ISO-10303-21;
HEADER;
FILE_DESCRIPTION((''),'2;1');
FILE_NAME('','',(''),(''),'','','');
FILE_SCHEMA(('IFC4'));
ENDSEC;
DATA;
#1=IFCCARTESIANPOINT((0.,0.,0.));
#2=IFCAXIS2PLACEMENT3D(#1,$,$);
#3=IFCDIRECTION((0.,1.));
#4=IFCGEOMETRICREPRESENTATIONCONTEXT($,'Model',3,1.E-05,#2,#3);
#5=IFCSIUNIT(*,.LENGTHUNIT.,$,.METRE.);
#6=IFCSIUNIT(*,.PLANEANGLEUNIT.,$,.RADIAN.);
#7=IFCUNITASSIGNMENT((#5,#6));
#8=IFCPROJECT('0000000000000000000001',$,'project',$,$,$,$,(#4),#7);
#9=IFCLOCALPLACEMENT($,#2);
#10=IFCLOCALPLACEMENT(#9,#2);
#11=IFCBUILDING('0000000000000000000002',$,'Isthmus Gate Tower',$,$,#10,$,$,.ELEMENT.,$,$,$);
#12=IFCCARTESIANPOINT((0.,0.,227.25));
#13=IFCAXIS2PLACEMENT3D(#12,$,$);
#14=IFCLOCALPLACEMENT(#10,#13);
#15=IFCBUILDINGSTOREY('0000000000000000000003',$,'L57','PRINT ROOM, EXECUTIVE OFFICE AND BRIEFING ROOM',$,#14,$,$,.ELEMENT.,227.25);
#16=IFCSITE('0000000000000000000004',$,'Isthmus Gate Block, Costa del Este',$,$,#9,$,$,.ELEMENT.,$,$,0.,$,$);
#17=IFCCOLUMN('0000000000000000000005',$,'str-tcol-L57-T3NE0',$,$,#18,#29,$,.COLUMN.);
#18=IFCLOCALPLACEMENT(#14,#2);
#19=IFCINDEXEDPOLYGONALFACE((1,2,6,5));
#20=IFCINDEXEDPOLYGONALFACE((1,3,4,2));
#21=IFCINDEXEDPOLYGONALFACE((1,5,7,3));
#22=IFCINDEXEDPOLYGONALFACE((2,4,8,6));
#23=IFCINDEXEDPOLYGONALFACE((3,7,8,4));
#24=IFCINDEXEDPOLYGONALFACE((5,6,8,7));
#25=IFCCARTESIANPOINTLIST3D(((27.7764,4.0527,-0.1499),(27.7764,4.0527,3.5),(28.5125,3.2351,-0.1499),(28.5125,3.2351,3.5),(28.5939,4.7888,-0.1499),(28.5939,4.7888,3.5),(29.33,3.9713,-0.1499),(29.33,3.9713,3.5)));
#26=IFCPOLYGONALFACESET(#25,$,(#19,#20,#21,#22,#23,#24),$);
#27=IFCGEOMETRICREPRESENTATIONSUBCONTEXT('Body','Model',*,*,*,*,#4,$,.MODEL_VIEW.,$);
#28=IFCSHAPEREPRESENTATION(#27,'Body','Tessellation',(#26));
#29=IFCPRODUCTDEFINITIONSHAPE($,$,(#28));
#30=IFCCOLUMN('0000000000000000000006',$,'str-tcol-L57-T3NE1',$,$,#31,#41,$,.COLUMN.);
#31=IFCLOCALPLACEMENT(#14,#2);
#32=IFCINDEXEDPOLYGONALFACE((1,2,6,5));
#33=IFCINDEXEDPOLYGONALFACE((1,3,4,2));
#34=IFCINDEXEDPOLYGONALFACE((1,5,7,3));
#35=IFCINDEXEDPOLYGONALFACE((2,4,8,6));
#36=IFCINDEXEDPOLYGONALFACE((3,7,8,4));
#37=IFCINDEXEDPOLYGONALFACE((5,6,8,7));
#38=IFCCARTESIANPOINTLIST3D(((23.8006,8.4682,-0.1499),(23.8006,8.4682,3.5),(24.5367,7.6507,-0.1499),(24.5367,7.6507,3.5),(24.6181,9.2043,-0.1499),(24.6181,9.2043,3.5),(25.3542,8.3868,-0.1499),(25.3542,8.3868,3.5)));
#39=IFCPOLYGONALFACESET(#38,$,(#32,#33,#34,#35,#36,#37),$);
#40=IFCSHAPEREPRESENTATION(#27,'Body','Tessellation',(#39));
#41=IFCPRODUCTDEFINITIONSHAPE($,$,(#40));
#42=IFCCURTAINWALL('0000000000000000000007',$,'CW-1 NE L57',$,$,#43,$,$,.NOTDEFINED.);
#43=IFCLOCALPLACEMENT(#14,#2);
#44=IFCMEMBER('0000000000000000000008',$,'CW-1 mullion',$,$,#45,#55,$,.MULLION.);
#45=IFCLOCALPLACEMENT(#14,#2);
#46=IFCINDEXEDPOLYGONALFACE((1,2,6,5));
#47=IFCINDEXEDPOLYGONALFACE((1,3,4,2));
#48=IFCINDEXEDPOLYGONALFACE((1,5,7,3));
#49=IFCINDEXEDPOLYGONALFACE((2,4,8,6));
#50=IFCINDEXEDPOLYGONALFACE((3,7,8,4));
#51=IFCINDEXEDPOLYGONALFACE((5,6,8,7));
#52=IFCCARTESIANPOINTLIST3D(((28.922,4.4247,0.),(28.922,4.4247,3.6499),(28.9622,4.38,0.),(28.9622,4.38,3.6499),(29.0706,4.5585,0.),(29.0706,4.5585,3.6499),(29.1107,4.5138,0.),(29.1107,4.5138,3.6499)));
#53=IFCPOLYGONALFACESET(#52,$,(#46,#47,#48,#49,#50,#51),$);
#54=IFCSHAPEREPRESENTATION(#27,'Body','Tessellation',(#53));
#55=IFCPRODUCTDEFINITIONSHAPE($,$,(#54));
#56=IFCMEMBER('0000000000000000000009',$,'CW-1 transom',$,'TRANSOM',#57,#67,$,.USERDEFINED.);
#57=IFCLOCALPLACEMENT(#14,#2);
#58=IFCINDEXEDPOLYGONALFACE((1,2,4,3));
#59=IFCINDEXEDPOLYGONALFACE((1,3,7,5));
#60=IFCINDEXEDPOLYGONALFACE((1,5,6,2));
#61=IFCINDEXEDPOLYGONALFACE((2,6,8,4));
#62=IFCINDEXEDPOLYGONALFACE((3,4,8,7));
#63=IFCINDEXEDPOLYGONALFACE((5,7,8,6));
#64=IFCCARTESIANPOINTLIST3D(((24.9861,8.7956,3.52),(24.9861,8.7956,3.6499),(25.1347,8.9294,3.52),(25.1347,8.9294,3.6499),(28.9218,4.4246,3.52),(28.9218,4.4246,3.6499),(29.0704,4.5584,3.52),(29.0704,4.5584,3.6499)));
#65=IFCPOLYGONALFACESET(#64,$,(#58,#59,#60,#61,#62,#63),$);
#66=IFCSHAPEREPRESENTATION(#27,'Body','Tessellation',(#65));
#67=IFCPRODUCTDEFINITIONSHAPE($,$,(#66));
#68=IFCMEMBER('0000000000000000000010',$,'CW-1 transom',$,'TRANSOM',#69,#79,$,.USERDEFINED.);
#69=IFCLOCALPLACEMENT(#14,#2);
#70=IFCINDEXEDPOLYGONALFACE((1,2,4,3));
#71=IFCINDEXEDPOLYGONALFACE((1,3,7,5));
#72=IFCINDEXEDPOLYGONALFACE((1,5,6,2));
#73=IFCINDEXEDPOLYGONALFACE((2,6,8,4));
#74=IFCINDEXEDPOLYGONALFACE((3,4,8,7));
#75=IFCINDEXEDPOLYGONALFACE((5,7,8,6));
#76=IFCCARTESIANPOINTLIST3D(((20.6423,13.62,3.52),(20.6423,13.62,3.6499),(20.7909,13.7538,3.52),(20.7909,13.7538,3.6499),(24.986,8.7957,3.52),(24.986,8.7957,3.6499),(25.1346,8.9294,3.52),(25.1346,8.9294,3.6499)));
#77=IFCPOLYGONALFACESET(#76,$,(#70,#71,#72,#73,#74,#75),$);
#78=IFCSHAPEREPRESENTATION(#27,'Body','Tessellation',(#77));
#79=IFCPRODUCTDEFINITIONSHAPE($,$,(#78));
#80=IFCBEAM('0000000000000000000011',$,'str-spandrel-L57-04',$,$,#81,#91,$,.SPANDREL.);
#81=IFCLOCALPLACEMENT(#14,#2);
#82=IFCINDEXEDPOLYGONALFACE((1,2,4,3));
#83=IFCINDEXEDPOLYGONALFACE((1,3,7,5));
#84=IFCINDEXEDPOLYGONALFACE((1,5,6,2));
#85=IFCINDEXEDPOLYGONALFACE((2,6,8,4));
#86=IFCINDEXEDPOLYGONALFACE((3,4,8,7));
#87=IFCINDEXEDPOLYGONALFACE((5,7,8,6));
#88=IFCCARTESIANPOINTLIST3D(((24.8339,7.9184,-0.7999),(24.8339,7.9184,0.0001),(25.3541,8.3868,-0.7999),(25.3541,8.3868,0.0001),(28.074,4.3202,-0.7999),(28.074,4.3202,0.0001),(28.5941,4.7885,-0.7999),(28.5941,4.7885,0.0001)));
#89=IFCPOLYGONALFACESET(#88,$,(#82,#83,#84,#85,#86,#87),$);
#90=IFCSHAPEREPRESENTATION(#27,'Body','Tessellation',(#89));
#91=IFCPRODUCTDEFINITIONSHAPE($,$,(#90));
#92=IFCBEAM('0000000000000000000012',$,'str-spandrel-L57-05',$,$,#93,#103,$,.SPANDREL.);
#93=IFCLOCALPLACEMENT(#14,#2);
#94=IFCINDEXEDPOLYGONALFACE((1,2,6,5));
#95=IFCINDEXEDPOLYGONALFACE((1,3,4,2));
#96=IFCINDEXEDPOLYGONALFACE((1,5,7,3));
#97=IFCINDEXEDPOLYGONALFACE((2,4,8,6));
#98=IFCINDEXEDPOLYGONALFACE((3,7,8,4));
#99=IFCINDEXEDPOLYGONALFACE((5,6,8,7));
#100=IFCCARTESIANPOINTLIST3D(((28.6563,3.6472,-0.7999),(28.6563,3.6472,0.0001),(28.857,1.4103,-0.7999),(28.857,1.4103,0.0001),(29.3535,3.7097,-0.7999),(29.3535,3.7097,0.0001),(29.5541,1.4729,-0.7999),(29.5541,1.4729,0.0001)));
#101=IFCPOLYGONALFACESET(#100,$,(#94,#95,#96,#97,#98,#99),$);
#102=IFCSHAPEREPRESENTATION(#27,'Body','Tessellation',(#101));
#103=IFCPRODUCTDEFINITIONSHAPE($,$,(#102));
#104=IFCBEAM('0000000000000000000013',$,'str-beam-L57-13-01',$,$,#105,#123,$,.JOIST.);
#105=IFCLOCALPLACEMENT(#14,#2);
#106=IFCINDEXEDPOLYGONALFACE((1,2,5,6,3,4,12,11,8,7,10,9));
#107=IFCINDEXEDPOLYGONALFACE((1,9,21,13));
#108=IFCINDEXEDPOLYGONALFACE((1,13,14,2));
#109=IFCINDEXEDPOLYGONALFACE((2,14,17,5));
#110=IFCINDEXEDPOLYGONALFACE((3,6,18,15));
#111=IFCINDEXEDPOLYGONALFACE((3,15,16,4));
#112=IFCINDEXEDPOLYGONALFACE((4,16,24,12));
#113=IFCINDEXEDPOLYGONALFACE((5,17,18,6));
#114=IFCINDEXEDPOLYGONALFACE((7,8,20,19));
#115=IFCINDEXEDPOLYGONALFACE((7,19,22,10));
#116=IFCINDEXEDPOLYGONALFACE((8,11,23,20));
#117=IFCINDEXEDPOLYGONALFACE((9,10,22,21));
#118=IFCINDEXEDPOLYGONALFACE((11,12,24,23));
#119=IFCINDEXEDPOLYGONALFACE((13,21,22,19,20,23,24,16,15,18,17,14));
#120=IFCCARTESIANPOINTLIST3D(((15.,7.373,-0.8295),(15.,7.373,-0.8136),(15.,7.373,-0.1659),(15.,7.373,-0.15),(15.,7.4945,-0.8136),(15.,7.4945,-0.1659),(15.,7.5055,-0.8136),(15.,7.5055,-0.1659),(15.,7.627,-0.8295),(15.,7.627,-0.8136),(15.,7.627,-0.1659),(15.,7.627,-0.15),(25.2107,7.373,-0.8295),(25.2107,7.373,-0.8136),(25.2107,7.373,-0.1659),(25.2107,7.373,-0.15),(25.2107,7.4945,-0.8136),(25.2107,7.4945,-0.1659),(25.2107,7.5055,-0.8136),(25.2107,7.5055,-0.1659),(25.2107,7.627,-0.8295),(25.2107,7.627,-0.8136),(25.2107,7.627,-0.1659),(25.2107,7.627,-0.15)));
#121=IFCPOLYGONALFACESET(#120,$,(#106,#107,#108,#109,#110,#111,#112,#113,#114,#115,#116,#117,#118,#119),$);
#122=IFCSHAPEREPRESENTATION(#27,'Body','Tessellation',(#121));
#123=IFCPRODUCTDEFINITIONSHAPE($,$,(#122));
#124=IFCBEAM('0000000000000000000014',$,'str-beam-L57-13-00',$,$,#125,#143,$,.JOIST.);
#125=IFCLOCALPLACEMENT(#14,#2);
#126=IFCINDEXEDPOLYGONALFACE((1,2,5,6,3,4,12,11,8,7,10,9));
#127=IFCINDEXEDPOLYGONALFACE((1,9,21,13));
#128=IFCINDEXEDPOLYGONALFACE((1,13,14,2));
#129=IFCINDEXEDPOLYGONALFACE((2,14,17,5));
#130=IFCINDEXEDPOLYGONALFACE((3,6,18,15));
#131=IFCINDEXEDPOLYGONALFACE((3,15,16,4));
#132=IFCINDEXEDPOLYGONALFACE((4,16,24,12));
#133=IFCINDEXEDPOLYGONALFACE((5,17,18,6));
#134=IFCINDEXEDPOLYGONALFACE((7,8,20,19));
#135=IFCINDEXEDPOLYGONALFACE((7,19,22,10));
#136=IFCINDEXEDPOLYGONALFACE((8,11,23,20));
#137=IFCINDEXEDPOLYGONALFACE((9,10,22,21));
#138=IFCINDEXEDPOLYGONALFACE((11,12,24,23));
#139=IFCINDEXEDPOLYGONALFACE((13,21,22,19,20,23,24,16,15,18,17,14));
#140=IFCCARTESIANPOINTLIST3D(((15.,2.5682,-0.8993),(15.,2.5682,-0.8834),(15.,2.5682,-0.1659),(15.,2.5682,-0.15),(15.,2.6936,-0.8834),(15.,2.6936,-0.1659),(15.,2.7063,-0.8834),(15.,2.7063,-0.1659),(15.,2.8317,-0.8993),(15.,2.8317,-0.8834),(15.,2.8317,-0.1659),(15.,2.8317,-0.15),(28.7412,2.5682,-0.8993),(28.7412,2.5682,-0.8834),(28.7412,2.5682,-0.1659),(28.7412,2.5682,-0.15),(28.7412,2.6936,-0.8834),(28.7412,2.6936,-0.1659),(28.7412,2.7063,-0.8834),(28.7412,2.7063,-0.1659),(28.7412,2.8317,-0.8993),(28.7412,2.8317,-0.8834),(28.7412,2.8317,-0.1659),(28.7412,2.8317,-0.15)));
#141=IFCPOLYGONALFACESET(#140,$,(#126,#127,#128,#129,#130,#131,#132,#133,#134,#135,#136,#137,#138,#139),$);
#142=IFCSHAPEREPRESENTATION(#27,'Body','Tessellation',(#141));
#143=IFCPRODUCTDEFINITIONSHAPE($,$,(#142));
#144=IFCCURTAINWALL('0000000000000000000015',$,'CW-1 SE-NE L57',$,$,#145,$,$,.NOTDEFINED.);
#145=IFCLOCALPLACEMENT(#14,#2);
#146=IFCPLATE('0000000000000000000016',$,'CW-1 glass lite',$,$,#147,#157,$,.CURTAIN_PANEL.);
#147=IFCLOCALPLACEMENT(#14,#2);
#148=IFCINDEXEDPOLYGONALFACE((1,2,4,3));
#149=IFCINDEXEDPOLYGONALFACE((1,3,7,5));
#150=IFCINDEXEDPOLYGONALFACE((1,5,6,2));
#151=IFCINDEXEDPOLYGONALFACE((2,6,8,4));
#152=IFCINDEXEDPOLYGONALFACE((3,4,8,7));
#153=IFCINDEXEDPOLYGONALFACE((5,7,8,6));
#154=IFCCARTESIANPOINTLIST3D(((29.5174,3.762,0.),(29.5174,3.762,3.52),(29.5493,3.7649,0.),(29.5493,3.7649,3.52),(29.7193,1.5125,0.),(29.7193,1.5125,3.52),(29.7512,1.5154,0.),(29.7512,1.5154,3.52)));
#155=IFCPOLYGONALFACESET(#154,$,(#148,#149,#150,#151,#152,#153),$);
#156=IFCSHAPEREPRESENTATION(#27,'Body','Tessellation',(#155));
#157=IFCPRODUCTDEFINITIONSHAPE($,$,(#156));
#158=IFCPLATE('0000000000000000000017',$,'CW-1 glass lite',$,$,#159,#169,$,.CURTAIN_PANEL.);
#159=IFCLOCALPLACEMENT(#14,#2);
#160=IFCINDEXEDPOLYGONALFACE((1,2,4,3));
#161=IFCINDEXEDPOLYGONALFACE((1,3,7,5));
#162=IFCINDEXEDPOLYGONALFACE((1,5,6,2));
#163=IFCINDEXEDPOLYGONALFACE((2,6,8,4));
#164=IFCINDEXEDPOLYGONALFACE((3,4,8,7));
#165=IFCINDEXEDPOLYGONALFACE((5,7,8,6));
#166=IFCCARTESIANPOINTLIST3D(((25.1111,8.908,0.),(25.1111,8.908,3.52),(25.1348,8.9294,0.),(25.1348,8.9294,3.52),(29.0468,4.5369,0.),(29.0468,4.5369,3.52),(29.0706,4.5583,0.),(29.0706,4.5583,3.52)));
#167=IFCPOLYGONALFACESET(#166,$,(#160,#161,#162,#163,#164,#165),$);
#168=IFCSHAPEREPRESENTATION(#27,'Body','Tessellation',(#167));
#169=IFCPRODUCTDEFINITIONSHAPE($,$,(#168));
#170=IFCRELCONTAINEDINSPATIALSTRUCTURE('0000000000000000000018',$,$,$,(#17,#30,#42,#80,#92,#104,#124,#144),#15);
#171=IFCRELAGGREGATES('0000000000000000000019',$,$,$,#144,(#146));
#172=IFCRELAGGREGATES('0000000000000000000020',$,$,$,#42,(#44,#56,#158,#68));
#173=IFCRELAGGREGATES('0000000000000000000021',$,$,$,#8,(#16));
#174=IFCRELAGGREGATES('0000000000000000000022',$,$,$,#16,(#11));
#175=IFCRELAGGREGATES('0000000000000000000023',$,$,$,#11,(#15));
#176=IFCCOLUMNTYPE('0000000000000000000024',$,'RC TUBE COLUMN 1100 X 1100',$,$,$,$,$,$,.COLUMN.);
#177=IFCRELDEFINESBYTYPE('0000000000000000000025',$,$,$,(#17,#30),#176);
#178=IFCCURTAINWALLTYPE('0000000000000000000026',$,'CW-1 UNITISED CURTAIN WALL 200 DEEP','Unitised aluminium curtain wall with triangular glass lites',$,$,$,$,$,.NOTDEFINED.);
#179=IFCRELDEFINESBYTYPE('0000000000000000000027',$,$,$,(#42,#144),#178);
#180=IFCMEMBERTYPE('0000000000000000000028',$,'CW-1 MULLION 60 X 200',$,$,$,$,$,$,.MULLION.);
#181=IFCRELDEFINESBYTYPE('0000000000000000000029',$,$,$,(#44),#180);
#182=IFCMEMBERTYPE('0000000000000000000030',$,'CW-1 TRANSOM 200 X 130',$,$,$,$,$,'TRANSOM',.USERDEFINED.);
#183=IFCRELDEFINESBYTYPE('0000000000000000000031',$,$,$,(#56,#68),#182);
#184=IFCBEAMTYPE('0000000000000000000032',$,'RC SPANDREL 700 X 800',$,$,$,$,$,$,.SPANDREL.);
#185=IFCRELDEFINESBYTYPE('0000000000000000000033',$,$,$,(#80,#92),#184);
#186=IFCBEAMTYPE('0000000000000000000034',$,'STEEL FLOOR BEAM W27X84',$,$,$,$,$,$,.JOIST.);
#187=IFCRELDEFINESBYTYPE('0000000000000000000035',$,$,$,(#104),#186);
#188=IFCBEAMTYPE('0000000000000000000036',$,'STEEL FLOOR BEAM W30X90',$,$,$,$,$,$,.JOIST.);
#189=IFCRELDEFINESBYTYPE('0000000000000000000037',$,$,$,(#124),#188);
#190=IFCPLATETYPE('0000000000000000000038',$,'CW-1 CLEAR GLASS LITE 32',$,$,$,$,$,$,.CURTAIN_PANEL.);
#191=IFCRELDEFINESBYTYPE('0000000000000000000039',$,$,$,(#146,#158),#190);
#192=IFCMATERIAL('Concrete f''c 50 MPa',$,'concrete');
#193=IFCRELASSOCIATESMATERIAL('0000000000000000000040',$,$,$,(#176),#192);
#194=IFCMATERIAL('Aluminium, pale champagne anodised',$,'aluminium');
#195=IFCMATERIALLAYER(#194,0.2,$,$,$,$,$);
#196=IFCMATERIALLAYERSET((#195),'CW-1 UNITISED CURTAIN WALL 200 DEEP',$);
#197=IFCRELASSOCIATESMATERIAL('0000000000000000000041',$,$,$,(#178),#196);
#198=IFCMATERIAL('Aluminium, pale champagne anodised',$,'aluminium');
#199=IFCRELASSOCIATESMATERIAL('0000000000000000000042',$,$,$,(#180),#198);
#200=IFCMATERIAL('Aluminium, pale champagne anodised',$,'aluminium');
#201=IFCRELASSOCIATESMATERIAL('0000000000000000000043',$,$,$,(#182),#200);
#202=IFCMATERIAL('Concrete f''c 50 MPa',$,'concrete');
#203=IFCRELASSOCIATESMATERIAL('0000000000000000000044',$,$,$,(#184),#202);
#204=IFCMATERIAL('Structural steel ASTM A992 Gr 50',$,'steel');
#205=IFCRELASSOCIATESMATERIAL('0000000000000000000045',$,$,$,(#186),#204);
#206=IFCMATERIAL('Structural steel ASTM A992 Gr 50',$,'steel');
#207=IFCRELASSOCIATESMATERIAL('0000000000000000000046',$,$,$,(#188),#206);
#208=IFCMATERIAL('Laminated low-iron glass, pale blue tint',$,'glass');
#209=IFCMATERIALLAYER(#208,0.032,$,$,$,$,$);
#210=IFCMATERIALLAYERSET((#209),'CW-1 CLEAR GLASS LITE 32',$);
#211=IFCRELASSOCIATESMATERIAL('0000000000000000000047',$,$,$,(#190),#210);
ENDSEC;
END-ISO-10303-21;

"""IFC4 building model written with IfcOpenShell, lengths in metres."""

from ifc_helpers import new_model, si_unit, direction, frame, origin, origin_2d, place, context, subcontext, project, spatial, rectangle, i_section, extrude, material, layer, layer_set, material_profile, profile_set, type_object, element, aggregate, save


model = new_model("IFC4")

# Units and contexts
model_context = context("Model", 3, precision=1e-05, world=origin(), true_north=direction((0.0, 1.0)))
body_context = subcontext(model_context, "Body", "Model", "MODEL_VIEW")
ifc_project = project(units=[si_unit("LENGTHUNIT", "METRE"), si_unit("PLANEANGLEUNIT", "RADIAN")], contexts=[model_context])

# Site, building, storey
site_placement = place(None, origin())
site = spatial("IfcSite", under=ifc_project, at=site_placement, Name="Isthmus Gate Block, Costa del Este", CompositionType="ELEMENT", RefElevation=0.0)
building_placement = place(site_placement, origin())
building = spatial("IfcBuilding", under=site, at=building_placement, Name="Isthmus Gate Tower", CompositionType="ELEMENT")
storey_placement = place(building_placement, frame((0.0, 0.0, 227.25)))
storey = spatial("IfcBuildingStorey", under=building, at=storey_placement, Name="L57", Description="PRINT ROOM, EXECUTIVE OFFICE AND BRIEFING ROOM", CompositionType="ELEMENT", Elevation=227.25)

# Columns
ifc_material_1 = material(Name="Concrete f'c 50 MPa", Category="concrete")
ifc_material_profile_1 = material_profile(ifc_material_1, rectangle(XDim=1.1001, YDim=1.1001, at=origin_2d()), Name="RC 1100X1100")
ifc_profile_set_1 = profile_set([ifc_material_profile_1], Name="Concrete f'c 50 MPa")
column_type = type_object("IfcColumnType", Name="RC TUBE COLUMN 1100 X 1100", PredefinedType="COLUMN", material=ifc_profile_set_1)
for number, where, z_axis, x_axis, name in (
    (1, (28.5532, 4.012, -0.1499), (0.0, 0.0, 1.0), (-0.669131, 0.743145, 0.0), "str-tcol-L57-T3NE0"),
    (2, (24.5774, 8.4275, -0.1499), (0.0, 0.0, 1.0), (-0.669131, 0.743145, 0.0), "str-tcol-L57-T3NE1"),
):
    element("IfcColumn", number, at=place(storey_placement, frame(where, z_axis=z_axis, x_axis=x_axis)), inside=storey, type_object=column_type, Name=name, PredefinedType="COLUMN", context=body_context, shape_type="SweptSolid", body=[
        extrude(rectangle(XDim=1.1001, YDim=1.1001, at=origin_2d()), origin(), (0.0, 0.0, 1.0), 3.6499),
    ])

# Curtain wall, members
ifc_material_2 = material(Name="Aluminium, pale champagne anodised", Category="aluminium")
ifc_layer_1 = layer(ifc_material_2, 0.2)
ifc_layer_set_1 = layer_set([ifc_layer_1], Name="CW-1 UNITISED CURTAIN WALL 200 DEEP")
curtain_wall_type = type_object("IfcCurtainWallType", Name="CW-1 UNITISED CURTAIN WALL 200 DEEP", Description="Unitised aluminium curtain wall with triangular glass lites", PredefinedType="NOTDEFINED", material=ifc_layer_set_1)
curtain_wall_1_placement = place(storey_placement, origin())
curtain_wall_1 = element("IfcCurtainWall", 3, at=curtain_wall_1_placement, inside=storey, type_object=curtain_wall_type, Name="CW-1 NE L57", PredefinedType="NOTDEFINED")
ifc_material_3 = material(Name="Aluminium, pale champagne anodised", Category="aluminium")
ifc_material_profile_2 = material_profile(ifc_material_3, rectangle(XDim=0.0601, YDim=0.2, at=origin_2d()), Name="60x200")
ifc_profile_set_2 = profile_set([ifc_material_profile_2], Name="Aluminium, pale champagne anodised")
member_type_1 = type_object("IfcMemberType", Name="CW-1 MULLION 60 X 200", PredefinedType="MULLION", material=ifc_profile_set_2)
member_1_placement = place(storey_placement, frame((29.0164, 4.4692, 0.0), z_axis=(0.0, 0.0, 1.0), x_axis=(-0.669131, 0.743145, 0.0)))
member_1 = element("IfcMember", 4, at=member_1_placement, type_object=member_type_1, Name="CW-1 mullion", PredefinedType="MULLION", context=body_context, shape_type="SweptSolid", body=[
    extrude(rectangle(XDim=0.0601, YDim=0.2, at=origin_2d()), origin(), (0.0, 0.0, 1.0), 3.6499),
])
ifc_material_4 = material(Name="Aluminium, pale champagne anodised", Category="aluminium")
ifc_material_profile_3 = material_profile(ifc_material_4, rectangle(XDim=0.2, YDim=0.1299, at=origin_2d()), Name="200x130")
ifc_profile_set_3 = profile_set([ifc_material_profile_3], Name="Aluminium, pale champagne anodised")
member_type_2 = type_object("IfcMemberType", Name="CW-1 TRANSOM 200 X 130", ElementType="TRANSOM", PredefinedType="USERDEFINED", material=ifc_profile_set_3)
member_2_placement = place(storey_placement, frame((28.9961, 4.4915, 3.585), z_axis=(-0.669134, 0.743141, 0.0), x_axis=(-0.743141, -0.669134, 0.0)))
member_2 = element("IfcMember", 5, at=member_2_placement, type_object=member_type_2, Name="CW-1 transom", ObjectType="TRANSOM", PredefinedType="USERDEFINED", context=body_context, shape_type="SweptSolid", body=[
    extrude(rectangle(XDim=0.2, YDim=0.1299, at=origin_2d()), origin(), (0.0, 0.0, 1.0), 5.8818),
])
member_3_placement = place(storey_placement, frame((25.0603, 8.8625, 3.585), z_axis=(-0.669112, 0.743161, 0.0), x_axis=(-0.743161, -0.669112, 0.0)))
member_3 = element("IfcMember", 6, at=member_3_placement, type_object=member_type_2, Name="CW-1 transom", ObjectType="TRANSOM", PredefinedType="USERDEFINED", context=body_context, shape_type="SweptSolid", body=[
    extrude(rectangle(XDim=0.2, YDim=0.1299, at=origin_2d()), origin(), (0.0, 0.0, 1.0), 6.4917),
])

# Beams
ifc_material_5 = material(Name="Concrete f'c 50 MPa", Category="concrete")
ifc_material_profile_4 = material_profile(ifc_material_5, rectangle(XDim=0.7, YDim=0.8, at=origin_2d()), Name="RC 700X800")
ifc_profile_set_4 = profile_set([ifc_material_profile_4], Name="Concrete f'c 50 MPa")
beam_type_1 = type_object("IfcBeamType", Name="RC SPANDREL 700 X 800", PredefinedType="SPANDREL", material=ifc_profile_set_4)
beam_1_placement = place(storey_placement, frame((25.094, 8.1526, -0.3999), z_axis=(0.669154, -0.743124, 0.0), x_axis=(0.743124, 0.669154, 0.0)))
element("IfcBeam", 7, at=beam_1_placement, inside=storey, type_object=beam_type_1, Name="str-spandrel-L57-04", PredefinedType="SPANDREL", context=body_context, shape_type="SweptSolid", body=[
    extrude(rectangle(XDim=0.7, YDim=0.8, at=origin_2d()), origin(), (0.0, 0.0, 1.0), 4.842),
])
beam_2_placement = place(storey_placement, frame((29.0049, 3.6785, -0.3999), z_axis=(0.089359, -0.995999, 0.0), x_axis=(0.995999, 0.089359, 0.0)))
element("IfcBeam", 8, at=beam_2_placement, inside=storey, type_object=beam_type_1, Name="str-spandrel-L57-05", PredefinedType="SPANDREL", context=body_context, shape_type="SweptSolid", body=[
    extrude(rectangle(XDim=0.7, YDim=0.8, at=origin_2d()), origin(), (0.0, 0.0, 1.0), 2.2458),
])
ifc_material_6 = material(Name="Structural steel ASTM A992 Gr 50", Category="steel")
ifc_material_profile_5 = material_profile(ifc_material_6, i_section(OverallWidth=0.2539, OverallDepth=0.6794, WebThickness=0.011, FlangeThickness=0.0159, at=origin_2d()), Name="W27X84")
ifc_profile_set_5 = profile_set([ifc_material_profile_5], Name="Structural steel ASTM A992 Gr 50")
beam_type_2 = type_object("IfcBeamType", Name="STEEL FLOOR BEAM W27X84", PredefinedType="JOIST", material=ifc_profile_set_5)
beam_3_placement = place(storey_placement, frame((15.0, 7.5, -0.4897), z_axis=(1.0, 0.0, 0.0), x_axis=(0.0, 1.0, 0.0)))
element("IfcBeam", 9, at=beam_3_placement, inside=storey, type_object=beam_type_2, Name="str-beam-L57-13-01", PredefinedType="JOIST", context=body_context, shape_type="SweptSolid", body=[
    extrude(i_section(OverallWidth=0.2539, OverallDepth=0.6794, WebThickness=0.011, FlangeThickness=0.0159, at=origin_2d()), origin(), (0.0, 0.0, 1.0), 10.2107),
])
ifc_material_7 = material(Name="Structural steel ASTM A992 Gr 50", Category="steel")
ifc_material_profile_6 = material_profile(ifc_material_7, i_section(OverallWidth=0.2634, OverallDepth=0.7493, WebThickness=0.0127, FlangeThickness=0.0159, at=origin_2d()), Name="W30X90")
ifc_profile_set_6 = profile_set([ifc_material_profile_6], Name="Structural steel ASTM A992 Gr 50")
beam_type_3 = type_object("IfcBeamType", Name="STEEL FLOOR BEAM W30X90", PredefinedType="JOIST", material=ifc_profile_set_6)
beam_4_placement = place(storey_placement, frame((15.0, 2.7, -0.5247), z_axis=(1.0, 0.0, 0.0), x_axis=(0.0, 1.0, 0.0)))
element("IfcBeam", 10, at=beam_4_placement, inside=storey, type_object=beam_type_3, Name="str-beam-L57-13-00", PredefinedType="JOIST", context=body_context, shape_type="SweptSolid", body=[
    extrude(i_section(OverallWidth=0.2634, OverallDepth=0.7493, WebThickness=0.0127, FlangeThickness=0.0159, at=origin_2d()), origin(), (0.0, 0.0, 1.0), 13.7412),
])

# Curtain wall, plate
curtain_wall_2_placement = place(storey_placement, origin())
curtain_wall_2 = element("IfcCurtainWall", 11, at=curtain_wall_2_placement, inside=storey, type_object=curtain_wall_type, Name="CW-1 SE-NE L57", PredefinedType="NOTDEFINED")
ifc_material_8 = material(Name="Laminated low-iron glass, pale blue tint", Category="glass")
ifc_layer_2 = layer(ifc_material_8, 0.032)
ifc_layer_set_2 = layer_set([ifc_layer_2], Name="CW-1 CLEAR GLASS LITE 32")
plate_type = type_object("IfcPlateType", Name="CW-1 CLEAR GLASS LITE 32", PredefinedType="CURTAIN_PANEL", material=ifc_layer_set_2)
plate_1_placement = place(storey_placement, frame((29.6343, 2.6387, 0.0), z_axis=(0.0, 0.0, 1.0), x_axis=(-0.089397, 0.995996, 0.0)))
plate_1 = element("IfcPlate", 12, at=plate_1_placement, type_object=plate_type, Name="CW-1 glass lite", PredefinedType="CURTAIN_PANEL", context=body_context, shape_type="SweptSolid", body=[
    extrude(rectangle(XDim=2.2585, YDim=0.032, at=origin_2d()), origin(), (0.0, 0.0, 1.0), 3.52),
])
aggregate(curtain_wall_2, [plate_1])

# Plate
plate_2_placement = place(storey_placement, frame((27.0908, 6.7332, 0.0), z_axis=(0.0, 0.0, 1.0), x_axis=(-0.669131, 0.743145, 0.0)))
plate_2 = element("IfcPlate", 13, at=plate_2_placement, type_object=plate_type, Name="CW-1 glass lite", PredefinedType="CURTAIN_PANEL", context=body_context, shape_type="SweptSolid", body=[
    extrude(rectangle(XDim=5.8818, YDim=0.032, at=origin_2d()), origin(), (0.0, 0.0, 1.0), 3.52),
])
aggregate(curtain_wall_1, [member_1, member_2, plate_2, member_3])

save(model, "model.ifc")
